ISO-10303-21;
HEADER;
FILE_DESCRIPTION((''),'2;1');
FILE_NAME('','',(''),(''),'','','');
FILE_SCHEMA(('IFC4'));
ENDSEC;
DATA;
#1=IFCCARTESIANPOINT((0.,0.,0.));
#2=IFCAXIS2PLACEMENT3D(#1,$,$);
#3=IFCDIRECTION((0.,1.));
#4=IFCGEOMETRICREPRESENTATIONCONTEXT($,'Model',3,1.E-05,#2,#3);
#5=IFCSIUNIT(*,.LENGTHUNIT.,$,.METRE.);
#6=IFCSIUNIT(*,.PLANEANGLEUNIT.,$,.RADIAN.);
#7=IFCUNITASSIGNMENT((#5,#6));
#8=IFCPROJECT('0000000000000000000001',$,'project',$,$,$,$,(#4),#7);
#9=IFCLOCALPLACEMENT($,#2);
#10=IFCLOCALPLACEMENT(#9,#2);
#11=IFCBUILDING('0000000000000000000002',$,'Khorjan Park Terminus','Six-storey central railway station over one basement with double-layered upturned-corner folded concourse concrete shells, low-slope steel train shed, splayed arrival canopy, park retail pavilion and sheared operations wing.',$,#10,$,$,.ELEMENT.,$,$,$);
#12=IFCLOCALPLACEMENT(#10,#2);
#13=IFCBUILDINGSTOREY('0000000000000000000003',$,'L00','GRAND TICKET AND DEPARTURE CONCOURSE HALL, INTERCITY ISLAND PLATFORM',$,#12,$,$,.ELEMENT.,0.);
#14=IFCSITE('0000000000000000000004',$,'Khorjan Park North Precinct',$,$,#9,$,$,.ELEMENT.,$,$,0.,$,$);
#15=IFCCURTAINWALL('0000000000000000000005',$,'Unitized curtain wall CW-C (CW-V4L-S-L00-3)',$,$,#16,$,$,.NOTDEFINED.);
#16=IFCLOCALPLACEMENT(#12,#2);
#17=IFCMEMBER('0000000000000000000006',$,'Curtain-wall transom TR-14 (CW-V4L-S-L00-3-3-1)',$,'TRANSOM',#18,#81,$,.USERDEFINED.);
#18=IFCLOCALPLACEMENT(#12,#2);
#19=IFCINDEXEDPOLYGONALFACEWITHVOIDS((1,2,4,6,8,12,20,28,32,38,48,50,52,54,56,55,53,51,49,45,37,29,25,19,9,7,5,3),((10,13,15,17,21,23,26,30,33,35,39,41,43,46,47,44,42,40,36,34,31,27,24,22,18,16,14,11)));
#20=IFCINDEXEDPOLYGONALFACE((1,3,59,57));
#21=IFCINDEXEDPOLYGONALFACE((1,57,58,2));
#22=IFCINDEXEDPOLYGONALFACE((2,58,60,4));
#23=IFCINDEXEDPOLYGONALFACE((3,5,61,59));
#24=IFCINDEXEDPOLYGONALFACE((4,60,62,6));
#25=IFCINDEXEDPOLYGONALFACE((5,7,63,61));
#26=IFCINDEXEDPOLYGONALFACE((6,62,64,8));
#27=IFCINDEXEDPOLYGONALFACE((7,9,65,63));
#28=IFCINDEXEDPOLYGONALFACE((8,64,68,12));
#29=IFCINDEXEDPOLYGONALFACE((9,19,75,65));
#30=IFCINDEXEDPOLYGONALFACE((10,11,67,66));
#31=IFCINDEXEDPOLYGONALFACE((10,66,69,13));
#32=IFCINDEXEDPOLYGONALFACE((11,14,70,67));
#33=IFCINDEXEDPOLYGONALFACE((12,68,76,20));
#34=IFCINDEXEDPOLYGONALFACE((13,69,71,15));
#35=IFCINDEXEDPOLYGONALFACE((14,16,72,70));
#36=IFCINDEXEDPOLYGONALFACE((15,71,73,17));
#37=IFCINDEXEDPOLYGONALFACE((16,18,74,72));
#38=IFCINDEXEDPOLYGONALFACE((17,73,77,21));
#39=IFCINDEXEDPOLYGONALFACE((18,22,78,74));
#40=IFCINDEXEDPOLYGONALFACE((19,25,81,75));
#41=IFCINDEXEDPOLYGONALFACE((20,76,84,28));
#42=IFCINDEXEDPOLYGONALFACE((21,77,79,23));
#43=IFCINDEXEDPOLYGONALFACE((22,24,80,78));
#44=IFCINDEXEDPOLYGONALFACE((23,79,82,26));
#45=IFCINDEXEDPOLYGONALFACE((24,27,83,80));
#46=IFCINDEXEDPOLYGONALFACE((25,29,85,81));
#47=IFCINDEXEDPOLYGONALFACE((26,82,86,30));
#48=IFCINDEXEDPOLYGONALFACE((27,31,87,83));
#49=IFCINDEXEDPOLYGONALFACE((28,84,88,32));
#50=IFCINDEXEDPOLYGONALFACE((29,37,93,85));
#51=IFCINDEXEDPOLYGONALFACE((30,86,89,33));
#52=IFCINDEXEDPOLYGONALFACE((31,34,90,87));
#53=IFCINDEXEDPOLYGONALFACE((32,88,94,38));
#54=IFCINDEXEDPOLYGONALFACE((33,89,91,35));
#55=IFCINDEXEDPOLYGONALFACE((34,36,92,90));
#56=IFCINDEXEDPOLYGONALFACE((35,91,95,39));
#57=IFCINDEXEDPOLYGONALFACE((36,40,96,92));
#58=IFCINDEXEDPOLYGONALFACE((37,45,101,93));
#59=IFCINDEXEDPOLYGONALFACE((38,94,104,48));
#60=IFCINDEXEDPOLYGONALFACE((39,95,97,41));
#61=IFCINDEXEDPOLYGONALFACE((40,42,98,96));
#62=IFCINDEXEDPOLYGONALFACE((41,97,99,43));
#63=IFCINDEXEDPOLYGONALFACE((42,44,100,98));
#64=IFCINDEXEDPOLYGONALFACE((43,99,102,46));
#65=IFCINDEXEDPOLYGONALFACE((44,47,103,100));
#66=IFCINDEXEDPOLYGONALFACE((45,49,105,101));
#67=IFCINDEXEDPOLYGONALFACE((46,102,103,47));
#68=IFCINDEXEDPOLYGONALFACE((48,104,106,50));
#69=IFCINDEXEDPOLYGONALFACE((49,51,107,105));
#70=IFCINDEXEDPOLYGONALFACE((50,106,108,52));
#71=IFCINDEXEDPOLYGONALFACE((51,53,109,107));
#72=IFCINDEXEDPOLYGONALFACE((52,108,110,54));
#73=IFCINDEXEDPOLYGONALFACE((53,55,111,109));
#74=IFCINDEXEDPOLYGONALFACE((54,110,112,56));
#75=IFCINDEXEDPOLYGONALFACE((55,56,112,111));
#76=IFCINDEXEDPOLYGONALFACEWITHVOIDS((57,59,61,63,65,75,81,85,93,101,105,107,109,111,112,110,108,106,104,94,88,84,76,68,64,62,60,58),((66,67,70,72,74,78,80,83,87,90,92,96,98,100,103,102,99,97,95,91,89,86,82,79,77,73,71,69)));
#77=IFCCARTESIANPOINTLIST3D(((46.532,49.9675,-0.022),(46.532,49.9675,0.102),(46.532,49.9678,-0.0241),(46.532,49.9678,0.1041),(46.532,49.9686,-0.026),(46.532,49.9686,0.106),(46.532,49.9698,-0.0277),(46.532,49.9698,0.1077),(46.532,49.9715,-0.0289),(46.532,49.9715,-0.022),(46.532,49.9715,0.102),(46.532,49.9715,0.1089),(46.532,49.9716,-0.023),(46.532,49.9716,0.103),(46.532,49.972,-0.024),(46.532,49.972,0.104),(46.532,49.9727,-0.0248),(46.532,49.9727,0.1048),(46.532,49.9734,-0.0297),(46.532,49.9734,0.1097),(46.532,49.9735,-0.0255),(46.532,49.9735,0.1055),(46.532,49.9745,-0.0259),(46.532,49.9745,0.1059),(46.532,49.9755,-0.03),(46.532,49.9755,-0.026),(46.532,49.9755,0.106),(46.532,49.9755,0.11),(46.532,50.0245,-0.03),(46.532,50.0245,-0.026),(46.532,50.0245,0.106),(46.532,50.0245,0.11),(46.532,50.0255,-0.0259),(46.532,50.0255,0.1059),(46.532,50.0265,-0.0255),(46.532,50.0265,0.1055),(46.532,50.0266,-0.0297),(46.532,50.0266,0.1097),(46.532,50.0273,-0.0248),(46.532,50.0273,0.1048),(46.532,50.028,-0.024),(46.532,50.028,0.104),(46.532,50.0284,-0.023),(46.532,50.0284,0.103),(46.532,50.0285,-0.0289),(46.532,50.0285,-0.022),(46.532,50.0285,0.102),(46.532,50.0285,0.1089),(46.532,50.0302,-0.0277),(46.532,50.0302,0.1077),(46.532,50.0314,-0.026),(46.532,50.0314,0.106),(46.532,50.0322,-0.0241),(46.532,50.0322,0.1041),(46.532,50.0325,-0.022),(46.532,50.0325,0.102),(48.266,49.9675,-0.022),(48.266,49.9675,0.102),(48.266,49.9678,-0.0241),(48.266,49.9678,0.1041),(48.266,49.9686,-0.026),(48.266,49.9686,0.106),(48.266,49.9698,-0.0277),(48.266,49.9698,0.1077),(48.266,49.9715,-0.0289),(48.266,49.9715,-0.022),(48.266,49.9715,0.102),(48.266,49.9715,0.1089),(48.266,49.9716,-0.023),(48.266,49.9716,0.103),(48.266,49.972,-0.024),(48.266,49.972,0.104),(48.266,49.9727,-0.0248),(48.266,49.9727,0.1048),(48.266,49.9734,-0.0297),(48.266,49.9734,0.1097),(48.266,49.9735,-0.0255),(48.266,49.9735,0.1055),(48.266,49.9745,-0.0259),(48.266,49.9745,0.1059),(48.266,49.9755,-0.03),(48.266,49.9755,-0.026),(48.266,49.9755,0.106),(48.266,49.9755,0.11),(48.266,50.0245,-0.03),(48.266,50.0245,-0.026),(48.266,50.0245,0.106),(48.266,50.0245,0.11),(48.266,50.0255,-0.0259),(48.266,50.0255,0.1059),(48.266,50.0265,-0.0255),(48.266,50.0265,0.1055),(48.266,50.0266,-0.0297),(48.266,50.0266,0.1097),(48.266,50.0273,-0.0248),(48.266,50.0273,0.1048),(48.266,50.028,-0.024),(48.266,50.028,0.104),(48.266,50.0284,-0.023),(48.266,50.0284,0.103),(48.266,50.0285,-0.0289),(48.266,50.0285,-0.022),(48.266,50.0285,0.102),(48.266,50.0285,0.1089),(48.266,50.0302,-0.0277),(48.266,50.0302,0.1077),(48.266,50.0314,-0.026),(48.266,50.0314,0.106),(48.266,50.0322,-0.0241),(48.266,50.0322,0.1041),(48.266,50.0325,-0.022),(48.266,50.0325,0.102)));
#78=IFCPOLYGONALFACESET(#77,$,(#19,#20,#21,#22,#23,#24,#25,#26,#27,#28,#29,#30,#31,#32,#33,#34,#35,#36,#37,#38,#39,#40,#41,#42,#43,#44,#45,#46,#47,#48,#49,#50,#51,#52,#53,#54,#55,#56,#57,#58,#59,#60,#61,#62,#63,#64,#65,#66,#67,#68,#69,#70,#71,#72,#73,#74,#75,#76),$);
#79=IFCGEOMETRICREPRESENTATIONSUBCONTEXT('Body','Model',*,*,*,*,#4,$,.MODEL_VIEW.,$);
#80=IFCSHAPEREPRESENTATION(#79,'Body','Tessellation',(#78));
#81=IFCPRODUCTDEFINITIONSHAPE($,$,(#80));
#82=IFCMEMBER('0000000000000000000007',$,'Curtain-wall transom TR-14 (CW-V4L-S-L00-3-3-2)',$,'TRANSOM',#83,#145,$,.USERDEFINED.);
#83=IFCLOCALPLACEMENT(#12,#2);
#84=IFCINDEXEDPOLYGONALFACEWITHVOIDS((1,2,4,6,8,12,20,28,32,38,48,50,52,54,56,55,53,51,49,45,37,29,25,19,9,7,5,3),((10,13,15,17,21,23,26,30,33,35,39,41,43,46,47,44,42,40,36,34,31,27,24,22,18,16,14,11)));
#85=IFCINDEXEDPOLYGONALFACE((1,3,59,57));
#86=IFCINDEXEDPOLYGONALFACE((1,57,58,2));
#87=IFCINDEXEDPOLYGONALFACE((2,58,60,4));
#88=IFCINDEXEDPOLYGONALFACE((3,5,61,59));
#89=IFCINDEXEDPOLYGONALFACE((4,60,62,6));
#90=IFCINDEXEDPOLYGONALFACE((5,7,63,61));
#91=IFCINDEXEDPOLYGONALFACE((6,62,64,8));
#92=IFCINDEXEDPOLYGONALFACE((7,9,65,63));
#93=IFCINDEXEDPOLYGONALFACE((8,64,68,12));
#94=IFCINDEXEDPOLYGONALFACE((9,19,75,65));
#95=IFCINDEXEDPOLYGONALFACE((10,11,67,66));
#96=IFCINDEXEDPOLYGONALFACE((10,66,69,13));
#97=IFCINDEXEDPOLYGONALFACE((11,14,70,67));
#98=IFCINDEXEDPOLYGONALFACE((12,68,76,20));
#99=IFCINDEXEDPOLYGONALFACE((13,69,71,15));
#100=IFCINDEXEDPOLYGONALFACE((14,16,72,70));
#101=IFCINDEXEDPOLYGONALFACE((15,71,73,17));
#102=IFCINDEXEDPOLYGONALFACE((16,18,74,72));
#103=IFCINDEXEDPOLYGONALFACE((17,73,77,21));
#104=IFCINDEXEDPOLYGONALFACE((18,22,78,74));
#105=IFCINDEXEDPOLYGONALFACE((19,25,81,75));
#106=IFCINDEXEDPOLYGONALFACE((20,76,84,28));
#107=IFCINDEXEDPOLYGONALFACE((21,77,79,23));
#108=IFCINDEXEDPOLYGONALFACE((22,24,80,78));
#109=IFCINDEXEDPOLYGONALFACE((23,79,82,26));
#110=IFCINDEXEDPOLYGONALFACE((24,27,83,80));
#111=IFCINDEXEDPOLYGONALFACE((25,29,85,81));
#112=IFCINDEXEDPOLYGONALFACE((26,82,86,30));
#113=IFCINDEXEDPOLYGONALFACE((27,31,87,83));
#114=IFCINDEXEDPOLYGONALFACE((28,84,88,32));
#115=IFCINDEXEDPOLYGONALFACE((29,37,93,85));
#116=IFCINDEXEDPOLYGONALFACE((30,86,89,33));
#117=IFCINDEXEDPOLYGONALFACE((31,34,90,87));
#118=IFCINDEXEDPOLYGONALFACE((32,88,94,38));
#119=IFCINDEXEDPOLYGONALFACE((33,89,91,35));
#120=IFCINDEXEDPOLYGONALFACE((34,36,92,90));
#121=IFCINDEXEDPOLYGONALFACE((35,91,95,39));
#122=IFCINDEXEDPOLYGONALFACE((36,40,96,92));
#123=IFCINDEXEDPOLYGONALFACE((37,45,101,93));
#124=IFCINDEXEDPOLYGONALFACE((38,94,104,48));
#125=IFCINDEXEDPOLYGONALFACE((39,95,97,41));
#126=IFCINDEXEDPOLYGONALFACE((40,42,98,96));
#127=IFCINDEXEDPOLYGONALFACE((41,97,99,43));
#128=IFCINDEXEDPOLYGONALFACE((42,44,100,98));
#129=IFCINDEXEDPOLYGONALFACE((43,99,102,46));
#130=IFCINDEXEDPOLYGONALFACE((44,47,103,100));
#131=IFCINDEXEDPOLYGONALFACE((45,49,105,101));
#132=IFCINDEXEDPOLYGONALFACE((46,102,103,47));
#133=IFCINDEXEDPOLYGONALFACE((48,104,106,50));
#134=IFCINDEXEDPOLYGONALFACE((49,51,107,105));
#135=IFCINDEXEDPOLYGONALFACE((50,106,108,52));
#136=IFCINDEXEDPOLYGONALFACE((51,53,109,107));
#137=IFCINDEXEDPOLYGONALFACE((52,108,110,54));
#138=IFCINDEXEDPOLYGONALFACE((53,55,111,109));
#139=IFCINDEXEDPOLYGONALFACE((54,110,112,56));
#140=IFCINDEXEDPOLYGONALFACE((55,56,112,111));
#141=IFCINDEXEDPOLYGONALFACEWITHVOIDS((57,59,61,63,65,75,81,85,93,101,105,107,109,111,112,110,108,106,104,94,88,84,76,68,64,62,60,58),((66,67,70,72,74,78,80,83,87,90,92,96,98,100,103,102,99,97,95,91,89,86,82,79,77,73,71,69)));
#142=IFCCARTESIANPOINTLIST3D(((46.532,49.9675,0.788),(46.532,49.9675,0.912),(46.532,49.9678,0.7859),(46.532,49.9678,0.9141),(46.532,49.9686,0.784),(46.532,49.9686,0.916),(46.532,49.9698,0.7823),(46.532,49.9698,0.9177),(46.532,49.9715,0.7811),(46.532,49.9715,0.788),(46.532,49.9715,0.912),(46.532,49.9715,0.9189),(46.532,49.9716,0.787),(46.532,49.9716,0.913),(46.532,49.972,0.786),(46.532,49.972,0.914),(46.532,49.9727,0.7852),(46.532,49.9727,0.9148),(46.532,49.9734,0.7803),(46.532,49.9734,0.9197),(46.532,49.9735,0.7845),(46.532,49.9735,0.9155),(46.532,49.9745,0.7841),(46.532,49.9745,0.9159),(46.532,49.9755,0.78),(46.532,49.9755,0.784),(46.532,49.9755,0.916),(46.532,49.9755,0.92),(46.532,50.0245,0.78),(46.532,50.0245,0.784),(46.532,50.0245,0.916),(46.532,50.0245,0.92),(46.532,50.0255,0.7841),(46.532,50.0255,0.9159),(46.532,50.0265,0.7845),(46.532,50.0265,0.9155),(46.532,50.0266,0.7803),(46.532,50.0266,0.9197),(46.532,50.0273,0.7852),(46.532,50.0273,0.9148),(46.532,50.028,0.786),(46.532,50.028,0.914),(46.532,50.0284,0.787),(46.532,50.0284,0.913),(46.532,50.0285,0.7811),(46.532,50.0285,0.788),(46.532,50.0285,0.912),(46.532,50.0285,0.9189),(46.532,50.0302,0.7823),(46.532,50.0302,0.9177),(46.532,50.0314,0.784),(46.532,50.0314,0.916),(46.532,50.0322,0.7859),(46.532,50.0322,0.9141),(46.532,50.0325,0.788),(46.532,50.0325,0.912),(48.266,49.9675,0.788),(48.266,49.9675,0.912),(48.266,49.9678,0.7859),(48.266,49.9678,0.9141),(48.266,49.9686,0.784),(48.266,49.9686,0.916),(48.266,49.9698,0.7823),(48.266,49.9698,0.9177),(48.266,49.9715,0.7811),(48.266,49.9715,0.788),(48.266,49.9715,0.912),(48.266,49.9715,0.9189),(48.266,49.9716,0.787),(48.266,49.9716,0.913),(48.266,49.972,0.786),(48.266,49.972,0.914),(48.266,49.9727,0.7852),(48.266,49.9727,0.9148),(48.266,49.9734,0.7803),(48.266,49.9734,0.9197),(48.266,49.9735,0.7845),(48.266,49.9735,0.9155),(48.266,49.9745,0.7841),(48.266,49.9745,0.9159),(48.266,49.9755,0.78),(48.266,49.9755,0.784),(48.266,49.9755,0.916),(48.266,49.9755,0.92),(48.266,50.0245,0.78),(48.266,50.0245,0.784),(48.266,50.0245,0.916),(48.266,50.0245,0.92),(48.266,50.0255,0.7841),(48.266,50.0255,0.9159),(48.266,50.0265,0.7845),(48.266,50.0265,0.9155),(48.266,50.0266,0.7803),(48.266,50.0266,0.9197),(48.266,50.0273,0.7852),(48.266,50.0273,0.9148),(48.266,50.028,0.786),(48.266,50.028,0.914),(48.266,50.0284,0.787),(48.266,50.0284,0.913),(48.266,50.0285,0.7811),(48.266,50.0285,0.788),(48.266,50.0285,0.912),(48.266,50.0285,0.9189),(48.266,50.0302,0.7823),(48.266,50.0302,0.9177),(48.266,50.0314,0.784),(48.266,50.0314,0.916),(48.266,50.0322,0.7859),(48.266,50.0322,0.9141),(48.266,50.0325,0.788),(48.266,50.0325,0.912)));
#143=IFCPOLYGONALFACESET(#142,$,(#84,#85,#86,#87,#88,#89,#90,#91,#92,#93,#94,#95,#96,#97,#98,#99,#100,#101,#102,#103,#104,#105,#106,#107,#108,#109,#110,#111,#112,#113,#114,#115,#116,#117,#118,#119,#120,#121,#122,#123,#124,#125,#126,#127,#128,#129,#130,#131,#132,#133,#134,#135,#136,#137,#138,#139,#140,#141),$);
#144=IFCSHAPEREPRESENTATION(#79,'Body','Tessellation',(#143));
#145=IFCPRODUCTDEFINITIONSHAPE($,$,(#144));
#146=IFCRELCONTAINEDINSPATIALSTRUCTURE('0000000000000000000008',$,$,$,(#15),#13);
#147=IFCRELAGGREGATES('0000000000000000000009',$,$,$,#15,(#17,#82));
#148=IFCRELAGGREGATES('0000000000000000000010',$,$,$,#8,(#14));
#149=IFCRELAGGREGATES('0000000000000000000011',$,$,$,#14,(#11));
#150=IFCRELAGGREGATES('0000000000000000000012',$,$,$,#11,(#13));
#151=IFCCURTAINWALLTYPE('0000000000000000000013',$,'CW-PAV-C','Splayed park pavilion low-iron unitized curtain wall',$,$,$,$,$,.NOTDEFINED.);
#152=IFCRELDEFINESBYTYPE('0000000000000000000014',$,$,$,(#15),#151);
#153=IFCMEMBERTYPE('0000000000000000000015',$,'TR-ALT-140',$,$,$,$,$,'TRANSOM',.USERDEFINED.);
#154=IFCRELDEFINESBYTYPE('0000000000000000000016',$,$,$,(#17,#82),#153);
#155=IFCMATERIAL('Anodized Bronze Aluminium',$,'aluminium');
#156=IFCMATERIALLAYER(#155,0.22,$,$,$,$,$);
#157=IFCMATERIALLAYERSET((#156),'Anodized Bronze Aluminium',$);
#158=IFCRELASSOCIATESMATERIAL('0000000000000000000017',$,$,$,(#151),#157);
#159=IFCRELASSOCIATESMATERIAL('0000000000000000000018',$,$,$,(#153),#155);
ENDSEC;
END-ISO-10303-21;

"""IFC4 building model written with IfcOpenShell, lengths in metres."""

from ifc_helpers import new_model, si_unit, direction, frame, origin, origin_2d, place, context, subcontext, project, spatial, hollow_rectangle, extrude, material, layer, layer_set, material_profile, profile_set, type_object, element, aggregate, save


model = new_model("IFC4")

# Units and contexts
model_context = context("Model", 3, precision=1e-05, world=origin(), true_north=direction((0.0, 1.0)))
body_context = subcontext(model_context, "Body", "Model", "MODEL_VIEW")
ifc_project = project(units=[si_unit("LENGTHUNIT", "METRE"), si_unit("PLANEANGLEUNIT", "RADIAN")], contexts=[model_context])

# Site, building, storey
site_placement = place(None, origin())
site = spatial("IfcSite", under=ifc_project, at=site_placement, Name="Khorjan Park North Precinct", CompositionType="ELEMENT", RefElevation=0.0)
building_placement = place(site_placement, origin())
building = spatial("IfcBuilding", under=site, at=building_placement, Name="Khorjan Park Terminus", Description="Six-storey central railway station over one basement with double-layered upturned-corner folded concourse concrete shells, low-slope steel train shed, splayed arrival canopy, park retail pavilion and sheared operations wing.", CompositionType="ELEMENT")
storey_placement = place(building_placement, origin())
storey = spatial("IfcBuildingStorey", under=building, at=storey_placement, Name="L00", Description="GRAND TICKET AND DEPARTURE CONCOURSE HALL, INTERCITY ISLAND PLATFORM", CompositionType="ELEMENT", Elevation=0.0)

# Curtain wall, members
ifc_material_1 = material(Name="Anodized Bronze Aluminium", Category="aluminium")
ifc_layer_1 = layer(ifc_material_1, 0.22)
ifc_layer_set_1 = layer_set([ifc_layer_1], Name="Anodized Bronze Aluminium")
curtain_wall_type = type_object("IfcCurtainWallType", Name="CW-PAV-C", Description="Splayed park pavilion low-iron unitized curtain wall", PredefinedType="NOTDEFINED", material=ifc_layer_set_1)
curtain_wall_placement = place(storey_placement, origin())
curtain_wall = element("IfcCurtainWall", 1, at=curtain_wall_placement, inside=storey, type_object=curtain_wall_type, Name="Unitized curtain wall CW-C (CW-V4L-S-L00-3)", PredefinedType="NOTDEFINED")
ifc_material_profile_1 = material_profile(ifc_material_1, hollow_rectangle(XDim=0.065, YDim=0.14, WallThickness=0.004, InnerFilletRadius=0.004, OuterFilletRadius=0.008, at=origin_2d()), Name="ALT 65x140x4")
ifc_profile_set_1 = profile_set([ifc_material_profile_1], Name="Anodized Bronze Aluminium")
member_type_1 = type_object("IfcMemberType", Name="TR-ALT-140", ElementType="TRANSOM", PredefinedType="USERDEFINED", material=ifc_profile_set_1)
member_1_placement = place(storey_placement, frame((46.532, 50.0, 0.04), z_axis=(1.0, 0.0, 0.0), x_axis=(0.0, 1.0, 0.0)))
member_1 = element("IfcMember", 2, at=member_1_placement, type_object=member_type_1, Name="Curtain-wall transom TR-14 (CW-V4L-S-L00-3-3-1)", ObjectType="TRANSOM", PredefinedType="USERDEFINED", context=body_context, shape_type="SweptSolid", body=[
    extrude(hollow_rectangle(XDim=0.065, YDim=0.14, WallThickness=0.004, InnerFilletRadius=0.004, OuterFilletRadius=0.008, at=origin_2d()), origin(), (0.0, 0.0, 1.0), 1.734),
])
member_2_placement = place(storey_placement, frame((46.532, 50.0, 0.85), z_axis=(1.0, 0.0, 0.0), x_axis=(0.0, 1.0, 0.0)))
member_2 = element("IfcMember", 3, at=member_2_placement, type_object=member_type_1, Name="Curtain-wall transom TR-14 (CW-V4L-S-L00-3-3-2)", ObjectType="TRANSOM", PredefinedType="USERDEFINED", context=body_context, shape_type="SweptSolid", body=[
    extrude(hollow_rectangle(XDim=0.065, YDim=0.14, WallThickness=0.004, InnerFilletRadius=0.004, OuterFilletRadius=0.008, at=origin_2d()), origin(), (0.0, 0.0, 1.0), 1.734),
])
aggregate(curtain_wall, [member_1, member_2])

save(model, "model.ifc")
